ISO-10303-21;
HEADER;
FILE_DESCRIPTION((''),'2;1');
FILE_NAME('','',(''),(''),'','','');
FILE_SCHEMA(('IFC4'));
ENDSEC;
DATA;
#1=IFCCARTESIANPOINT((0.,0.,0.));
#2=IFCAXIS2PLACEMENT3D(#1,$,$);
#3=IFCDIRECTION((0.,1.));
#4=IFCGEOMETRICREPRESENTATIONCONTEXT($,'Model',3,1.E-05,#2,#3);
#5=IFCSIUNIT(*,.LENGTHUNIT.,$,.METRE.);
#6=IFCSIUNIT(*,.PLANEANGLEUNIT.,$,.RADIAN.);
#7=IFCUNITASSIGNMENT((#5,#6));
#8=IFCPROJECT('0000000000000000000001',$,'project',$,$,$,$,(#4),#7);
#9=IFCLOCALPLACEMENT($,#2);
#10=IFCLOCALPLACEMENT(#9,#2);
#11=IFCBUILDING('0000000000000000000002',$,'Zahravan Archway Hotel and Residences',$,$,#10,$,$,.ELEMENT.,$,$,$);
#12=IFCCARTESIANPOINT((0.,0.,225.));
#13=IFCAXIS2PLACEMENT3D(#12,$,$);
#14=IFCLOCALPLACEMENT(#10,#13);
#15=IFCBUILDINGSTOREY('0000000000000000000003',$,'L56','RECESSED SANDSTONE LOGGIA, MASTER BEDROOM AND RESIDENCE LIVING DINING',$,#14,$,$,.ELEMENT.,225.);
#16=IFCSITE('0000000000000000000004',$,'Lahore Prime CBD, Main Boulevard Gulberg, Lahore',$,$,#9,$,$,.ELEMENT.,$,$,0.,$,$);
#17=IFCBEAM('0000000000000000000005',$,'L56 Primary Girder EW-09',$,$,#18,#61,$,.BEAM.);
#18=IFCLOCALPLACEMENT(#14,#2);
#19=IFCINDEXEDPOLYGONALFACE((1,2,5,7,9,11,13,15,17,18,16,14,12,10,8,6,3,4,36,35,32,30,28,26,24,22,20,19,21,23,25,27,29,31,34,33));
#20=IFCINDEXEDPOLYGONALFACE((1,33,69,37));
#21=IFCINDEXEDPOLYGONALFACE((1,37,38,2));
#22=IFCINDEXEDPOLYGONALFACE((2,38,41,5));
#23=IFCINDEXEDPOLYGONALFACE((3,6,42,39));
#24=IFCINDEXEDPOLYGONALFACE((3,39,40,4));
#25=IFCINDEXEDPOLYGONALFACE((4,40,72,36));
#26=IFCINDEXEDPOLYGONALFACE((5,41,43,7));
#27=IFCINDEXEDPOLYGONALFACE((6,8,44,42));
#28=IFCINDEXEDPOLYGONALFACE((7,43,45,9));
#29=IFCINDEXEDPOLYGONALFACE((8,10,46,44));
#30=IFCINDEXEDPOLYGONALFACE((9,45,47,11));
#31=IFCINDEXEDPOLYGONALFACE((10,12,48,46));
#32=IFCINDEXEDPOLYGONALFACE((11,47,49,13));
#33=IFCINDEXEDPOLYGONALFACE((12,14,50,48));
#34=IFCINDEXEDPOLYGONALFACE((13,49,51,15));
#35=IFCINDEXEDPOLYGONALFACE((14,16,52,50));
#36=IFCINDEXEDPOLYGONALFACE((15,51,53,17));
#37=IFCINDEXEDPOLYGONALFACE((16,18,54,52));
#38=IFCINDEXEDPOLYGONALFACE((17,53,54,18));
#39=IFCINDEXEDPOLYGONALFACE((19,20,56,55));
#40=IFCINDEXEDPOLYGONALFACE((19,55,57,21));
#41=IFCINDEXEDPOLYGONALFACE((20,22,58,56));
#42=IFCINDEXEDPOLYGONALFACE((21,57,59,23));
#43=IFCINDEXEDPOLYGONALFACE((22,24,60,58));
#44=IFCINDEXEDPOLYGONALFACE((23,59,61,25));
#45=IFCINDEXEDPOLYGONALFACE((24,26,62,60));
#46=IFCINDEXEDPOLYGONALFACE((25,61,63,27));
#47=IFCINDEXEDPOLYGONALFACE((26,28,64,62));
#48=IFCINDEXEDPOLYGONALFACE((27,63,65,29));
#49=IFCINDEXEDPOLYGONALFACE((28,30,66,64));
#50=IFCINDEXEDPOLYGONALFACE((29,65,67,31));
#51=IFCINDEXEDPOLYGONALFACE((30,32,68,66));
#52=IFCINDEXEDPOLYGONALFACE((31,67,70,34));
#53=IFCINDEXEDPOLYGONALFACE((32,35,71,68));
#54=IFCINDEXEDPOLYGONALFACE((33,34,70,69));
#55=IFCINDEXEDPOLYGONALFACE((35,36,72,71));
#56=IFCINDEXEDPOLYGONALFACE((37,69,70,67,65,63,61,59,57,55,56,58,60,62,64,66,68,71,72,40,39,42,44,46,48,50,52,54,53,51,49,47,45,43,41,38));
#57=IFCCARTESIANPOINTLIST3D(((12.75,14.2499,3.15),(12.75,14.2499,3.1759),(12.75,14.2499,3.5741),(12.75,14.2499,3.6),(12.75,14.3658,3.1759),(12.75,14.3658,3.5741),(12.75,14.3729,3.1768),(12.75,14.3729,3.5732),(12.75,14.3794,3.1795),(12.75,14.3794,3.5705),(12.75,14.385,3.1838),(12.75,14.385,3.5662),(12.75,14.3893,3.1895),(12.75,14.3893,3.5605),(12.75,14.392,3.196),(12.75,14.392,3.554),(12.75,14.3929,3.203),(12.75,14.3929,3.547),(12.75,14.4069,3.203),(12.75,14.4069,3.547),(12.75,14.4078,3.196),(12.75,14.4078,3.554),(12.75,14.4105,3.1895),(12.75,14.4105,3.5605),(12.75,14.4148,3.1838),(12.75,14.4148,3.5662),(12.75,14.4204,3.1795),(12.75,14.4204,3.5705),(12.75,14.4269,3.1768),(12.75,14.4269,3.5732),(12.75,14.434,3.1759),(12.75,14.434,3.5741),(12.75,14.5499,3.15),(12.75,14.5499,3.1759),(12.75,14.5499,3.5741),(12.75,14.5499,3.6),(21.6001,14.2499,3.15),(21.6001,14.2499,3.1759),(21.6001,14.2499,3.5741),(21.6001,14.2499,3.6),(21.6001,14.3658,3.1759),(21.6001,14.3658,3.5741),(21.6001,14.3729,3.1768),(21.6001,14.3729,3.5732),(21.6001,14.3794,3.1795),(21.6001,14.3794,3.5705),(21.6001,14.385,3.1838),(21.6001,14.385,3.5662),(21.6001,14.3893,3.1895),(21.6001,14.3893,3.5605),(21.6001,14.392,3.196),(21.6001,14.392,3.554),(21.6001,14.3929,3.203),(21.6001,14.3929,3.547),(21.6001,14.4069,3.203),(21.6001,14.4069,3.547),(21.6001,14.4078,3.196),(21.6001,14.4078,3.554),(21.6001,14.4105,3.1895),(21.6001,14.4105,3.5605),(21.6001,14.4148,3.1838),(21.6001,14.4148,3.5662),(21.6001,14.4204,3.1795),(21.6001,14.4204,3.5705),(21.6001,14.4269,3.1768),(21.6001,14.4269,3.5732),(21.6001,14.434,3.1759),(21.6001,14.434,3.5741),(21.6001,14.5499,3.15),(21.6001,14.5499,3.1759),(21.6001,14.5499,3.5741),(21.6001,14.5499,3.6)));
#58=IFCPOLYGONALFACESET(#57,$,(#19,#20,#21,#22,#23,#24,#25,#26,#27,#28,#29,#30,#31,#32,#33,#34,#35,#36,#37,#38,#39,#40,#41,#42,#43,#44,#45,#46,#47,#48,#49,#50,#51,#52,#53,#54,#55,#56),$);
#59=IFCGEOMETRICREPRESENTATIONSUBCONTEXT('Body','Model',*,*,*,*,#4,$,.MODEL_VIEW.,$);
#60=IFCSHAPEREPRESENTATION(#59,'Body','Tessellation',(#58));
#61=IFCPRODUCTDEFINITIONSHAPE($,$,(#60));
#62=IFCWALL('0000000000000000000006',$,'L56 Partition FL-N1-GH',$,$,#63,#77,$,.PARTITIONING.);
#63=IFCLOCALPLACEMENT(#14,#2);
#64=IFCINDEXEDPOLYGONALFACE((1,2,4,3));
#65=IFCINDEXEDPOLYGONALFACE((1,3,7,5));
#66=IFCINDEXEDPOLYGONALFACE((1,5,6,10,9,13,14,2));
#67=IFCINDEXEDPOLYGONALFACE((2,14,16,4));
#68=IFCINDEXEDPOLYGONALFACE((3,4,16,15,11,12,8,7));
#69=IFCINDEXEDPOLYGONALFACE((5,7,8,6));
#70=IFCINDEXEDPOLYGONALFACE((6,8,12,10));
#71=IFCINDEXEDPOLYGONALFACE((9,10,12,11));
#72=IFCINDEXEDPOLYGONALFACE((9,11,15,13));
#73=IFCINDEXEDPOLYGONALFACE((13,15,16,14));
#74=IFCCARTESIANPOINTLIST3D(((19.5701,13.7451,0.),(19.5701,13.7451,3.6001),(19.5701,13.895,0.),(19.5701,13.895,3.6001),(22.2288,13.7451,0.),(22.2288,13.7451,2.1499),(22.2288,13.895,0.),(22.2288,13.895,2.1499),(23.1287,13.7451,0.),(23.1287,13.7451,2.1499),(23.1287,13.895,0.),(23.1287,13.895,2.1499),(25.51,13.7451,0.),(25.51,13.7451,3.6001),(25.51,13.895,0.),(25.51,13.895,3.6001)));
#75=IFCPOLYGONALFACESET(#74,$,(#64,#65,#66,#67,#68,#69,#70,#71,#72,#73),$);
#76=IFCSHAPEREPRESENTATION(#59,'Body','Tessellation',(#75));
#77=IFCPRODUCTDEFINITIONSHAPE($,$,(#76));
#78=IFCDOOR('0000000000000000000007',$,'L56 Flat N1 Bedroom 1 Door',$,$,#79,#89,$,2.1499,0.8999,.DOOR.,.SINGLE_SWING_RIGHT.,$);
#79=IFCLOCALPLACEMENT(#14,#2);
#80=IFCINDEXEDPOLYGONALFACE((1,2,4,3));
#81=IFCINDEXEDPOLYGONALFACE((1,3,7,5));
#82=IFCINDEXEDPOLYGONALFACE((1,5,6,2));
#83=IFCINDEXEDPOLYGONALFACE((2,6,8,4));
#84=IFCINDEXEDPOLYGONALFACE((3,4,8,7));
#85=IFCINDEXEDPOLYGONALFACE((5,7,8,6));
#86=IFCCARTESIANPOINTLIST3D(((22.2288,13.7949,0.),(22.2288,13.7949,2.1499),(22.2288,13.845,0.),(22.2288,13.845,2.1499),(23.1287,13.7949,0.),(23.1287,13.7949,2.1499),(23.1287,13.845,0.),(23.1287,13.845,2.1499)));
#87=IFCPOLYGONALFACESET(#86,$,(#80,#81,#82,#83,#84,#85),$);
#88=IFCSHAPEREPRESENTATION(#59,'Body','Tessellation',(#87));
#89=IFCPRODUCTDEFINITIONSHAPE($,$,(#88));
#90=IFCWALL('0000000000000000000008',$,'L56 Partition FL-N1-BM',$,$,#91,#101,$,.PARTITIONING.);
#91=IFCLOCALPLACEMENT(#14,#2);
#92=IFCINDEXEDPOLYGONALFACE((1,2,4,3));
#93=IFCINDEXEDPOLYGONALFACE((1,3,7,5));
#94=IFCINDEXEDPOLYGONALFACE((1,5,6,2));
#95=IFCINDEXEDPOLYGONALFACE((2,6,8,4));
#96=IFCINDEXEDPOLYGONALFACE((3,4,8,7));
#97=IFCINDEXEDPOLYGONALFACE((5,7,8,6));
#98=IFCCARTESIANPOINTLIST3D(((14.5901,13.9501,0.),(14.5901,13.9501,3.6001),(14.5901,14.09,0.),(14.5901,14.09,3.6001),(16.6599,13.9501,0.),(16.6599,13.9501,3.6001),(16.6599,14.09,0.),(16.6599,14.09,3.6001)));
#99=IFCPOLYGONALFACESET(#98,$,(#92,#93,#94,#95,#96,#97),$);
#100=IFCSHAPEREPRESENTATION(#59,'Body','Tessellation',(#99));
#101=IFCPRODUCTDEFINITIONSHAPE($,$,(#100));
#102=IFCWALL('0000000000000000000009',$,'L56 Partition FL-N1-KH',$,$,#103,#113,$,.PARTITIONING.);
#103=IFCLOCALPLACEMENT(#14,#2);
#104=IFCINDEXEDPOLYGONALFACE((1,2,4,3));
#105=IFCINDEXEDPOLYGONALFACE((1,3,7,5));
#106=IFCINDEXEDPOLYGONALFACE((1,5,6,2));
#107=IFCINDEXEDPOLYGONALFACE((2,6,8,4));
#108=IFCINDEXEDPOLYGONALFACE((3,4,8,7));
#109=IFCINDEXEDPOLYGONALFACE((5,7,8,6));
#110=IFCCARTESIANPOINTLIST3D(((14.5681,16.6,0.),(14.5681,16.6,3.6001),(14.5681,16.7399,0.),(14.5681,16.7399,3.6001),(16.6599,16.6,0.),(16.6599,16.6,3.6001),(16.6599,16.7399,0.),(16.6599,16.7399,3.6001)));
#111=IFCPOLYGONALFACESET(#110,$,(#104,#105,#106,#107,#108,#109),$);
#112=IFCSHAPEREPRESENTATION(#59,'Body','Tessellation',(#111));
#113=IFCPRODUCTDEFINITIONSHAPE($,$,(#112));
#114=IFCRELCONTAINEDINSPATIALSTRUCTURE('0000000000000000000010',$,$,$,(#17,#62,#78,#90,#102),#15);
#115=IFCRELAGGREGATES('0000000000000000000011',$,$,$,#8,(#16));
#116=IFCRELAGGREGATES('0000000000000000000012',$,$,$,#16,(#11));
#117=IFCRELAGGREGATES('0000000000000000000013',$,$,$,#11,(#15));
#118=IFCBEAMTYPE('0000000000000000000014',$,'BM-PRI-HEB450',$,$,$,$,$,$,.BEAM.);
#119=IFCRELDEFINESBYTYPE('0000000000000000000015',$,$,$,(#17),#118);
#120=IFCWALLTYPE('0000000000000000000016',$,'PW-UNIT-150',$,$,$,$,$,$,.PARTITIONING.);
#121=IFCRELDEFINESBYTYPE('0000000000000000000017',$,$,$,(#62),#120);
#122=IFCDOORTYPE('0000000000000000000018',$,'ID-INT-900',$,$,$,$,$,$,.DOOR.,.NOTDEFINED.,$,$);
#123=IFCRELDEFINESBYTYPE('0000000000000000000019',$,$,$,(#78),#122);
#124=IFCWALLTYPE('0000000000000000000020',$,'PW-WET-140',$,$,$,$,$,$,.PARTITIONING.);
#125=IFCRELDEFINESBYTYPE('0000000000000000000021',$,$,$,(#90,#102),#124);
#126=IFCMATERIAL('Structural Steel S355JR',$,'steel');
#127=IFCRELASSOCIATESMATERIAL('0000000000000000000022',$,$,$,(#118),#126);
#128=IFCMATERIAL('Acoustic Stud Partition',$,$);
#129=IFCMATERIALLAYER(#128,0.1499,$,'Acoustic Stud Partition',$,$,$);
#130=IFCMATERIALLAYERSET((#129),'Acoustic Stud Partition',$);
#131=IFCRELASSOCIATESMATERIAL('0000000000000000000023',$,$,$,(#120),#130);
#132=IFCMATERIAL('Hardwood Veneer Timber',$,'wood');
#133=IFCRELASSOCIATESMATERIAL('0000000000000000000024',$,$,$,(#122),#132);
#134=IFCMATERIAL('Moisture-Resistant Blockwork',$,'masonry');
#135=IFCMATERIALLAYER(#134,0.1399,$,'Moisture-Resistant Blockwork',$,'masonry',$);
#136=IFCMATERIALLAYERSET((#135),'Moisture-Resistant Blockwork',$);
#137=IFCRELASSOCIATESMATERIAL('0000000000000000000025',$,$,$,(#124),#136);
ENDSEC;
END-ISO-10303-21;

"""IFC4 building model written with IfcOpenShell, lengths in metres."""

from ifc_helpers import new_model, si_unit, direction, frame, frame_2d, origin, origin_2d, place, context, subcontext, project, spatial, rectangle, i_section, extrude, source, transform, mapped, material, layer, layer_set, material_profile, profile_set, type_object, type_shapes, element, fill, save


model = new_model("IFC4")

# Units and contexts
model_context = context("Model", 3, precision=1e-05, world=origin(), true_north=direction((0.0, 1.0)))
body_context = subcontext(model_context, "Body", "Model", "MODEL_VIEW")
ifc_project = project(units=[si_unit("LENGTHUNIT", "METRE"), si_unit("PLANEANGLEUNIT", "RADIAN")], contexts=[model_context])

# Site, building, storey
site_placement = place(None, origin())
site = spatial("IfcSite", under=ifc_project, at=site_placement, Name="Lahore Prime CBD, Main Boulevard Gulberg, Lahore", CompositionType="ELEMENT", RefElevation=0.0)
building_placement = place(site_placement, origin())
building = spatial("IfcBuilding", under=site, at=building_placement, Name="Zahravan Archway Hotel and Residences", CompositionType="ELEMENT")
storey_placement = place(building_placement, frame((0.0, 0.0, 225.0)))
storey = spatial("IfcBuildingStorey", under=building, at=storey_placement, Name="L56", Description="RECESSED SANDSTONE LOGGIA, MASTER BEDROOM AND RESIDENCE LIVING DINING", CompositionType="ELEMENT", Elevation=225.0)

# Beam
ifc_material_1 = material(Name="Structural Steel S355JR", Category="steel")
ifc_material_profile_1 = material_profile(ifc_material_1, i_section(OverallWidth=0.3, OverallDepth=0.45, WebThickness=0.0139, FlangeThickness=0.0259, FilletRadius=0.0271, at=origin_2d()), Name="HEB 450", Category="steel")
ifc_profile_set_1 = profile_set([ifc_material_profile_1], Name="Structural Steel S355JR")
beam_type_1 = type_object("IfcBeamType", Name="BM-PRI-HEB450", PredefinedType="BEAM", material=ifc_profile_set_1)
shared_shape_1 = source(origin(), body_context, "Body", "SweptSolid", [
    extrude(i_section(OverallWidth=0.3, OverallDepth=0.45, WebThickness=0.0139, FlangeThickness=0.0259, FilletRadius=0.0271, at=origin_2d()), origin(), (0.0, 0.0, 1.0), 8.8501),
])
beam_1_placement = place(storey_placement, frame((12.75, 14.3999, 3.375), z_axis=(1.0, 0.0, 0.0), x_axis=(0.0, 1.0, 0.0)))
element("IfcBeam", 1, at=beam_1_placement, inside=storey, type_object=beam_type_1, Name="L56 Primary Girder EW-09", PredefinedType="BEAM", context=body_context, shape_type="MappedRepresentation", body=[
    mapped(shared_shape_1, transform((0.0, 0.0, 0.0), scale=1.0)),
])

# Wall, opening, door
ifc_material_2 = material(Name="Acoustic Stud Partition")
ifc_layer_1 = layer(ifc_material_2, 0.1499, Name="Acoustic Stud Partition")
ifc_layer_set_1 = layer_set([ifc_layer_1], Name="Acoustic Stud Partition")
wall_type_1 = type_object("IfcWallType", Name="PW-UNIT-150", PredefinedType="PARTITIONING", material=ifc_layer_set_1)
wall_1_placement = place(storey_placement, frame((19.5701, 13.8201, 0.0), z_axis=(0.0, 0.0, 1.0), x_axis=(1.0, 0.0, 0.0)))
wall_1 = element("IfcWall", 2, at=wall_1_placement, inside=storey, type_object=wall_type_1, Name="L56 Partition FL-N1-GH", PredefinedType="PARTITIONING", context=body_context, shape_type="SweptSolid", body=[
    extrude(rectangle(XDim=5.9399, YDim=0.1499, at=frame_2d((2.97, 0.0))), origin(), (0.0, 0.0, 1.0), 3.6001),
])
opening_1_placement = place(wall_1_placement, frame((2.6587, 0.0, 0.0)))
opening_1 = element("IfcOpeningElement", 3, at=opening_1_placement, cuts=wall_1, PredefinedType="OPENING", context=body_context, shape_type="SweptSolid", body=[
    extrude(rectangle(XDim=0.8999, YDim=2.1499, at=frame_2d((0.45, 1.075))), frame((0.0, 0.085, 0.0), z_axis=(0.0, -1.0, 0.0), x_axis=(1.0, 0.0, 0.0)), (0.0, 0.0, 1.0), 0.1699),
])
ifc_material_3 = material(Name="Hardwood Veneer Timber", Category="wood")
door_type_1 = type_object("IfcDoorType", Name="ID-INT-900", OperationType="NOTDEFINED", PredefinedType="DOOR", material=ifc_material_3)
shared_shape_2 = source(origin(), body_context, "Body", "SweptSolid", [
    extrude(rectangle(XDim=0.8999, YDim=2.1499, at=frame_2d((0.45, 1.075))), frame((0.0, 0.0249, 0.0), z_axis=(0.0, -1.0, 0.0), x_axis=(1.0, 0.0, 0.0)), (0.0, 0.0, 1.0), 0.05),
])
type_shapes(door_type_1, [shared_shape_2])
door_1_placement = place(opening_1_placement, origin())
door_1 = element("IfcDoor", 4, at=door_1_placement, inside=storey, type_object=door_type_1, Name="L56 Flat N1 Bedroom 1 Door", OperationType="SINGLE_SWING_RIGHT", OverallHeight=2.1499, OverallWidth=0.8999, PredefinedType="DOOR", context=body_context, shape_type="MappedRepresentation", body=[
    mapped(shared_shape_2, transform((0.0, 0.0, 0.0), scale=1.0)),
])
fill(opening_1, door_1)

# Walls
ifc_material_4 = material(Name="Moisture-Resistant Blockwork", Category="masonry")
ifc_layer_2 = layer(ifc_material_4, 0.1399, Name="Moisture-Resistant Blockwork", Category="masonry")
ifc_layer_set_2 = layer_set([ifc_layer_2], Name="Moisture-Resistant Blockwork")
wall_type_2 = type_object("IfcWallType", Name="PW-WET-140", PredefinedType="PARTITIONING", material=ifc_layer_set_2)
wall_2_placement = place(storey_placement, frame((14.5901, 14.02, 0.0), z_axis=(0.0, 0.0, 1.0), x_axis=(1.0, 0.0, 0.0)))
element("IfcWall", 5, at=wall_2_placement, inside=storey, type_object=wall_type_2, Name="L56 Partition FL-N1-BM", PredefinedType="PARTITIONING", context=body_context, shape_type="SweptSolid", body=[
    extrude(rectangle(XDim=2.0698, YDim=0.1399, at=frame_2d((1.0349, 0.0))), origin(), (0.0, 0.0, 1.0), 3.6001),
])
wall_3_placement = place(storey_placement, frame((14.5681, 16.6699, 0.0), z_axis=(0.0, 0.0, 1.0), x_axis=(1.0, 0.0, 0.0)))
element("IfcWall", 6, at=wall_3_placement, inside=storey, type_object=wall_type_2, Name="L56 Partition FL-N1-KH", PredefinedType="PARTITIONING", context=body_context, shape_type="SweptSolid", body=[
    extrude(rectangle(XDim=2.0918, YDim=0.1399, at=frame_2d((1.0459, 0.0))), origin(), (0.0, 0.0, 1.0), 3.6001),
])

save(model, "model.ifc")
